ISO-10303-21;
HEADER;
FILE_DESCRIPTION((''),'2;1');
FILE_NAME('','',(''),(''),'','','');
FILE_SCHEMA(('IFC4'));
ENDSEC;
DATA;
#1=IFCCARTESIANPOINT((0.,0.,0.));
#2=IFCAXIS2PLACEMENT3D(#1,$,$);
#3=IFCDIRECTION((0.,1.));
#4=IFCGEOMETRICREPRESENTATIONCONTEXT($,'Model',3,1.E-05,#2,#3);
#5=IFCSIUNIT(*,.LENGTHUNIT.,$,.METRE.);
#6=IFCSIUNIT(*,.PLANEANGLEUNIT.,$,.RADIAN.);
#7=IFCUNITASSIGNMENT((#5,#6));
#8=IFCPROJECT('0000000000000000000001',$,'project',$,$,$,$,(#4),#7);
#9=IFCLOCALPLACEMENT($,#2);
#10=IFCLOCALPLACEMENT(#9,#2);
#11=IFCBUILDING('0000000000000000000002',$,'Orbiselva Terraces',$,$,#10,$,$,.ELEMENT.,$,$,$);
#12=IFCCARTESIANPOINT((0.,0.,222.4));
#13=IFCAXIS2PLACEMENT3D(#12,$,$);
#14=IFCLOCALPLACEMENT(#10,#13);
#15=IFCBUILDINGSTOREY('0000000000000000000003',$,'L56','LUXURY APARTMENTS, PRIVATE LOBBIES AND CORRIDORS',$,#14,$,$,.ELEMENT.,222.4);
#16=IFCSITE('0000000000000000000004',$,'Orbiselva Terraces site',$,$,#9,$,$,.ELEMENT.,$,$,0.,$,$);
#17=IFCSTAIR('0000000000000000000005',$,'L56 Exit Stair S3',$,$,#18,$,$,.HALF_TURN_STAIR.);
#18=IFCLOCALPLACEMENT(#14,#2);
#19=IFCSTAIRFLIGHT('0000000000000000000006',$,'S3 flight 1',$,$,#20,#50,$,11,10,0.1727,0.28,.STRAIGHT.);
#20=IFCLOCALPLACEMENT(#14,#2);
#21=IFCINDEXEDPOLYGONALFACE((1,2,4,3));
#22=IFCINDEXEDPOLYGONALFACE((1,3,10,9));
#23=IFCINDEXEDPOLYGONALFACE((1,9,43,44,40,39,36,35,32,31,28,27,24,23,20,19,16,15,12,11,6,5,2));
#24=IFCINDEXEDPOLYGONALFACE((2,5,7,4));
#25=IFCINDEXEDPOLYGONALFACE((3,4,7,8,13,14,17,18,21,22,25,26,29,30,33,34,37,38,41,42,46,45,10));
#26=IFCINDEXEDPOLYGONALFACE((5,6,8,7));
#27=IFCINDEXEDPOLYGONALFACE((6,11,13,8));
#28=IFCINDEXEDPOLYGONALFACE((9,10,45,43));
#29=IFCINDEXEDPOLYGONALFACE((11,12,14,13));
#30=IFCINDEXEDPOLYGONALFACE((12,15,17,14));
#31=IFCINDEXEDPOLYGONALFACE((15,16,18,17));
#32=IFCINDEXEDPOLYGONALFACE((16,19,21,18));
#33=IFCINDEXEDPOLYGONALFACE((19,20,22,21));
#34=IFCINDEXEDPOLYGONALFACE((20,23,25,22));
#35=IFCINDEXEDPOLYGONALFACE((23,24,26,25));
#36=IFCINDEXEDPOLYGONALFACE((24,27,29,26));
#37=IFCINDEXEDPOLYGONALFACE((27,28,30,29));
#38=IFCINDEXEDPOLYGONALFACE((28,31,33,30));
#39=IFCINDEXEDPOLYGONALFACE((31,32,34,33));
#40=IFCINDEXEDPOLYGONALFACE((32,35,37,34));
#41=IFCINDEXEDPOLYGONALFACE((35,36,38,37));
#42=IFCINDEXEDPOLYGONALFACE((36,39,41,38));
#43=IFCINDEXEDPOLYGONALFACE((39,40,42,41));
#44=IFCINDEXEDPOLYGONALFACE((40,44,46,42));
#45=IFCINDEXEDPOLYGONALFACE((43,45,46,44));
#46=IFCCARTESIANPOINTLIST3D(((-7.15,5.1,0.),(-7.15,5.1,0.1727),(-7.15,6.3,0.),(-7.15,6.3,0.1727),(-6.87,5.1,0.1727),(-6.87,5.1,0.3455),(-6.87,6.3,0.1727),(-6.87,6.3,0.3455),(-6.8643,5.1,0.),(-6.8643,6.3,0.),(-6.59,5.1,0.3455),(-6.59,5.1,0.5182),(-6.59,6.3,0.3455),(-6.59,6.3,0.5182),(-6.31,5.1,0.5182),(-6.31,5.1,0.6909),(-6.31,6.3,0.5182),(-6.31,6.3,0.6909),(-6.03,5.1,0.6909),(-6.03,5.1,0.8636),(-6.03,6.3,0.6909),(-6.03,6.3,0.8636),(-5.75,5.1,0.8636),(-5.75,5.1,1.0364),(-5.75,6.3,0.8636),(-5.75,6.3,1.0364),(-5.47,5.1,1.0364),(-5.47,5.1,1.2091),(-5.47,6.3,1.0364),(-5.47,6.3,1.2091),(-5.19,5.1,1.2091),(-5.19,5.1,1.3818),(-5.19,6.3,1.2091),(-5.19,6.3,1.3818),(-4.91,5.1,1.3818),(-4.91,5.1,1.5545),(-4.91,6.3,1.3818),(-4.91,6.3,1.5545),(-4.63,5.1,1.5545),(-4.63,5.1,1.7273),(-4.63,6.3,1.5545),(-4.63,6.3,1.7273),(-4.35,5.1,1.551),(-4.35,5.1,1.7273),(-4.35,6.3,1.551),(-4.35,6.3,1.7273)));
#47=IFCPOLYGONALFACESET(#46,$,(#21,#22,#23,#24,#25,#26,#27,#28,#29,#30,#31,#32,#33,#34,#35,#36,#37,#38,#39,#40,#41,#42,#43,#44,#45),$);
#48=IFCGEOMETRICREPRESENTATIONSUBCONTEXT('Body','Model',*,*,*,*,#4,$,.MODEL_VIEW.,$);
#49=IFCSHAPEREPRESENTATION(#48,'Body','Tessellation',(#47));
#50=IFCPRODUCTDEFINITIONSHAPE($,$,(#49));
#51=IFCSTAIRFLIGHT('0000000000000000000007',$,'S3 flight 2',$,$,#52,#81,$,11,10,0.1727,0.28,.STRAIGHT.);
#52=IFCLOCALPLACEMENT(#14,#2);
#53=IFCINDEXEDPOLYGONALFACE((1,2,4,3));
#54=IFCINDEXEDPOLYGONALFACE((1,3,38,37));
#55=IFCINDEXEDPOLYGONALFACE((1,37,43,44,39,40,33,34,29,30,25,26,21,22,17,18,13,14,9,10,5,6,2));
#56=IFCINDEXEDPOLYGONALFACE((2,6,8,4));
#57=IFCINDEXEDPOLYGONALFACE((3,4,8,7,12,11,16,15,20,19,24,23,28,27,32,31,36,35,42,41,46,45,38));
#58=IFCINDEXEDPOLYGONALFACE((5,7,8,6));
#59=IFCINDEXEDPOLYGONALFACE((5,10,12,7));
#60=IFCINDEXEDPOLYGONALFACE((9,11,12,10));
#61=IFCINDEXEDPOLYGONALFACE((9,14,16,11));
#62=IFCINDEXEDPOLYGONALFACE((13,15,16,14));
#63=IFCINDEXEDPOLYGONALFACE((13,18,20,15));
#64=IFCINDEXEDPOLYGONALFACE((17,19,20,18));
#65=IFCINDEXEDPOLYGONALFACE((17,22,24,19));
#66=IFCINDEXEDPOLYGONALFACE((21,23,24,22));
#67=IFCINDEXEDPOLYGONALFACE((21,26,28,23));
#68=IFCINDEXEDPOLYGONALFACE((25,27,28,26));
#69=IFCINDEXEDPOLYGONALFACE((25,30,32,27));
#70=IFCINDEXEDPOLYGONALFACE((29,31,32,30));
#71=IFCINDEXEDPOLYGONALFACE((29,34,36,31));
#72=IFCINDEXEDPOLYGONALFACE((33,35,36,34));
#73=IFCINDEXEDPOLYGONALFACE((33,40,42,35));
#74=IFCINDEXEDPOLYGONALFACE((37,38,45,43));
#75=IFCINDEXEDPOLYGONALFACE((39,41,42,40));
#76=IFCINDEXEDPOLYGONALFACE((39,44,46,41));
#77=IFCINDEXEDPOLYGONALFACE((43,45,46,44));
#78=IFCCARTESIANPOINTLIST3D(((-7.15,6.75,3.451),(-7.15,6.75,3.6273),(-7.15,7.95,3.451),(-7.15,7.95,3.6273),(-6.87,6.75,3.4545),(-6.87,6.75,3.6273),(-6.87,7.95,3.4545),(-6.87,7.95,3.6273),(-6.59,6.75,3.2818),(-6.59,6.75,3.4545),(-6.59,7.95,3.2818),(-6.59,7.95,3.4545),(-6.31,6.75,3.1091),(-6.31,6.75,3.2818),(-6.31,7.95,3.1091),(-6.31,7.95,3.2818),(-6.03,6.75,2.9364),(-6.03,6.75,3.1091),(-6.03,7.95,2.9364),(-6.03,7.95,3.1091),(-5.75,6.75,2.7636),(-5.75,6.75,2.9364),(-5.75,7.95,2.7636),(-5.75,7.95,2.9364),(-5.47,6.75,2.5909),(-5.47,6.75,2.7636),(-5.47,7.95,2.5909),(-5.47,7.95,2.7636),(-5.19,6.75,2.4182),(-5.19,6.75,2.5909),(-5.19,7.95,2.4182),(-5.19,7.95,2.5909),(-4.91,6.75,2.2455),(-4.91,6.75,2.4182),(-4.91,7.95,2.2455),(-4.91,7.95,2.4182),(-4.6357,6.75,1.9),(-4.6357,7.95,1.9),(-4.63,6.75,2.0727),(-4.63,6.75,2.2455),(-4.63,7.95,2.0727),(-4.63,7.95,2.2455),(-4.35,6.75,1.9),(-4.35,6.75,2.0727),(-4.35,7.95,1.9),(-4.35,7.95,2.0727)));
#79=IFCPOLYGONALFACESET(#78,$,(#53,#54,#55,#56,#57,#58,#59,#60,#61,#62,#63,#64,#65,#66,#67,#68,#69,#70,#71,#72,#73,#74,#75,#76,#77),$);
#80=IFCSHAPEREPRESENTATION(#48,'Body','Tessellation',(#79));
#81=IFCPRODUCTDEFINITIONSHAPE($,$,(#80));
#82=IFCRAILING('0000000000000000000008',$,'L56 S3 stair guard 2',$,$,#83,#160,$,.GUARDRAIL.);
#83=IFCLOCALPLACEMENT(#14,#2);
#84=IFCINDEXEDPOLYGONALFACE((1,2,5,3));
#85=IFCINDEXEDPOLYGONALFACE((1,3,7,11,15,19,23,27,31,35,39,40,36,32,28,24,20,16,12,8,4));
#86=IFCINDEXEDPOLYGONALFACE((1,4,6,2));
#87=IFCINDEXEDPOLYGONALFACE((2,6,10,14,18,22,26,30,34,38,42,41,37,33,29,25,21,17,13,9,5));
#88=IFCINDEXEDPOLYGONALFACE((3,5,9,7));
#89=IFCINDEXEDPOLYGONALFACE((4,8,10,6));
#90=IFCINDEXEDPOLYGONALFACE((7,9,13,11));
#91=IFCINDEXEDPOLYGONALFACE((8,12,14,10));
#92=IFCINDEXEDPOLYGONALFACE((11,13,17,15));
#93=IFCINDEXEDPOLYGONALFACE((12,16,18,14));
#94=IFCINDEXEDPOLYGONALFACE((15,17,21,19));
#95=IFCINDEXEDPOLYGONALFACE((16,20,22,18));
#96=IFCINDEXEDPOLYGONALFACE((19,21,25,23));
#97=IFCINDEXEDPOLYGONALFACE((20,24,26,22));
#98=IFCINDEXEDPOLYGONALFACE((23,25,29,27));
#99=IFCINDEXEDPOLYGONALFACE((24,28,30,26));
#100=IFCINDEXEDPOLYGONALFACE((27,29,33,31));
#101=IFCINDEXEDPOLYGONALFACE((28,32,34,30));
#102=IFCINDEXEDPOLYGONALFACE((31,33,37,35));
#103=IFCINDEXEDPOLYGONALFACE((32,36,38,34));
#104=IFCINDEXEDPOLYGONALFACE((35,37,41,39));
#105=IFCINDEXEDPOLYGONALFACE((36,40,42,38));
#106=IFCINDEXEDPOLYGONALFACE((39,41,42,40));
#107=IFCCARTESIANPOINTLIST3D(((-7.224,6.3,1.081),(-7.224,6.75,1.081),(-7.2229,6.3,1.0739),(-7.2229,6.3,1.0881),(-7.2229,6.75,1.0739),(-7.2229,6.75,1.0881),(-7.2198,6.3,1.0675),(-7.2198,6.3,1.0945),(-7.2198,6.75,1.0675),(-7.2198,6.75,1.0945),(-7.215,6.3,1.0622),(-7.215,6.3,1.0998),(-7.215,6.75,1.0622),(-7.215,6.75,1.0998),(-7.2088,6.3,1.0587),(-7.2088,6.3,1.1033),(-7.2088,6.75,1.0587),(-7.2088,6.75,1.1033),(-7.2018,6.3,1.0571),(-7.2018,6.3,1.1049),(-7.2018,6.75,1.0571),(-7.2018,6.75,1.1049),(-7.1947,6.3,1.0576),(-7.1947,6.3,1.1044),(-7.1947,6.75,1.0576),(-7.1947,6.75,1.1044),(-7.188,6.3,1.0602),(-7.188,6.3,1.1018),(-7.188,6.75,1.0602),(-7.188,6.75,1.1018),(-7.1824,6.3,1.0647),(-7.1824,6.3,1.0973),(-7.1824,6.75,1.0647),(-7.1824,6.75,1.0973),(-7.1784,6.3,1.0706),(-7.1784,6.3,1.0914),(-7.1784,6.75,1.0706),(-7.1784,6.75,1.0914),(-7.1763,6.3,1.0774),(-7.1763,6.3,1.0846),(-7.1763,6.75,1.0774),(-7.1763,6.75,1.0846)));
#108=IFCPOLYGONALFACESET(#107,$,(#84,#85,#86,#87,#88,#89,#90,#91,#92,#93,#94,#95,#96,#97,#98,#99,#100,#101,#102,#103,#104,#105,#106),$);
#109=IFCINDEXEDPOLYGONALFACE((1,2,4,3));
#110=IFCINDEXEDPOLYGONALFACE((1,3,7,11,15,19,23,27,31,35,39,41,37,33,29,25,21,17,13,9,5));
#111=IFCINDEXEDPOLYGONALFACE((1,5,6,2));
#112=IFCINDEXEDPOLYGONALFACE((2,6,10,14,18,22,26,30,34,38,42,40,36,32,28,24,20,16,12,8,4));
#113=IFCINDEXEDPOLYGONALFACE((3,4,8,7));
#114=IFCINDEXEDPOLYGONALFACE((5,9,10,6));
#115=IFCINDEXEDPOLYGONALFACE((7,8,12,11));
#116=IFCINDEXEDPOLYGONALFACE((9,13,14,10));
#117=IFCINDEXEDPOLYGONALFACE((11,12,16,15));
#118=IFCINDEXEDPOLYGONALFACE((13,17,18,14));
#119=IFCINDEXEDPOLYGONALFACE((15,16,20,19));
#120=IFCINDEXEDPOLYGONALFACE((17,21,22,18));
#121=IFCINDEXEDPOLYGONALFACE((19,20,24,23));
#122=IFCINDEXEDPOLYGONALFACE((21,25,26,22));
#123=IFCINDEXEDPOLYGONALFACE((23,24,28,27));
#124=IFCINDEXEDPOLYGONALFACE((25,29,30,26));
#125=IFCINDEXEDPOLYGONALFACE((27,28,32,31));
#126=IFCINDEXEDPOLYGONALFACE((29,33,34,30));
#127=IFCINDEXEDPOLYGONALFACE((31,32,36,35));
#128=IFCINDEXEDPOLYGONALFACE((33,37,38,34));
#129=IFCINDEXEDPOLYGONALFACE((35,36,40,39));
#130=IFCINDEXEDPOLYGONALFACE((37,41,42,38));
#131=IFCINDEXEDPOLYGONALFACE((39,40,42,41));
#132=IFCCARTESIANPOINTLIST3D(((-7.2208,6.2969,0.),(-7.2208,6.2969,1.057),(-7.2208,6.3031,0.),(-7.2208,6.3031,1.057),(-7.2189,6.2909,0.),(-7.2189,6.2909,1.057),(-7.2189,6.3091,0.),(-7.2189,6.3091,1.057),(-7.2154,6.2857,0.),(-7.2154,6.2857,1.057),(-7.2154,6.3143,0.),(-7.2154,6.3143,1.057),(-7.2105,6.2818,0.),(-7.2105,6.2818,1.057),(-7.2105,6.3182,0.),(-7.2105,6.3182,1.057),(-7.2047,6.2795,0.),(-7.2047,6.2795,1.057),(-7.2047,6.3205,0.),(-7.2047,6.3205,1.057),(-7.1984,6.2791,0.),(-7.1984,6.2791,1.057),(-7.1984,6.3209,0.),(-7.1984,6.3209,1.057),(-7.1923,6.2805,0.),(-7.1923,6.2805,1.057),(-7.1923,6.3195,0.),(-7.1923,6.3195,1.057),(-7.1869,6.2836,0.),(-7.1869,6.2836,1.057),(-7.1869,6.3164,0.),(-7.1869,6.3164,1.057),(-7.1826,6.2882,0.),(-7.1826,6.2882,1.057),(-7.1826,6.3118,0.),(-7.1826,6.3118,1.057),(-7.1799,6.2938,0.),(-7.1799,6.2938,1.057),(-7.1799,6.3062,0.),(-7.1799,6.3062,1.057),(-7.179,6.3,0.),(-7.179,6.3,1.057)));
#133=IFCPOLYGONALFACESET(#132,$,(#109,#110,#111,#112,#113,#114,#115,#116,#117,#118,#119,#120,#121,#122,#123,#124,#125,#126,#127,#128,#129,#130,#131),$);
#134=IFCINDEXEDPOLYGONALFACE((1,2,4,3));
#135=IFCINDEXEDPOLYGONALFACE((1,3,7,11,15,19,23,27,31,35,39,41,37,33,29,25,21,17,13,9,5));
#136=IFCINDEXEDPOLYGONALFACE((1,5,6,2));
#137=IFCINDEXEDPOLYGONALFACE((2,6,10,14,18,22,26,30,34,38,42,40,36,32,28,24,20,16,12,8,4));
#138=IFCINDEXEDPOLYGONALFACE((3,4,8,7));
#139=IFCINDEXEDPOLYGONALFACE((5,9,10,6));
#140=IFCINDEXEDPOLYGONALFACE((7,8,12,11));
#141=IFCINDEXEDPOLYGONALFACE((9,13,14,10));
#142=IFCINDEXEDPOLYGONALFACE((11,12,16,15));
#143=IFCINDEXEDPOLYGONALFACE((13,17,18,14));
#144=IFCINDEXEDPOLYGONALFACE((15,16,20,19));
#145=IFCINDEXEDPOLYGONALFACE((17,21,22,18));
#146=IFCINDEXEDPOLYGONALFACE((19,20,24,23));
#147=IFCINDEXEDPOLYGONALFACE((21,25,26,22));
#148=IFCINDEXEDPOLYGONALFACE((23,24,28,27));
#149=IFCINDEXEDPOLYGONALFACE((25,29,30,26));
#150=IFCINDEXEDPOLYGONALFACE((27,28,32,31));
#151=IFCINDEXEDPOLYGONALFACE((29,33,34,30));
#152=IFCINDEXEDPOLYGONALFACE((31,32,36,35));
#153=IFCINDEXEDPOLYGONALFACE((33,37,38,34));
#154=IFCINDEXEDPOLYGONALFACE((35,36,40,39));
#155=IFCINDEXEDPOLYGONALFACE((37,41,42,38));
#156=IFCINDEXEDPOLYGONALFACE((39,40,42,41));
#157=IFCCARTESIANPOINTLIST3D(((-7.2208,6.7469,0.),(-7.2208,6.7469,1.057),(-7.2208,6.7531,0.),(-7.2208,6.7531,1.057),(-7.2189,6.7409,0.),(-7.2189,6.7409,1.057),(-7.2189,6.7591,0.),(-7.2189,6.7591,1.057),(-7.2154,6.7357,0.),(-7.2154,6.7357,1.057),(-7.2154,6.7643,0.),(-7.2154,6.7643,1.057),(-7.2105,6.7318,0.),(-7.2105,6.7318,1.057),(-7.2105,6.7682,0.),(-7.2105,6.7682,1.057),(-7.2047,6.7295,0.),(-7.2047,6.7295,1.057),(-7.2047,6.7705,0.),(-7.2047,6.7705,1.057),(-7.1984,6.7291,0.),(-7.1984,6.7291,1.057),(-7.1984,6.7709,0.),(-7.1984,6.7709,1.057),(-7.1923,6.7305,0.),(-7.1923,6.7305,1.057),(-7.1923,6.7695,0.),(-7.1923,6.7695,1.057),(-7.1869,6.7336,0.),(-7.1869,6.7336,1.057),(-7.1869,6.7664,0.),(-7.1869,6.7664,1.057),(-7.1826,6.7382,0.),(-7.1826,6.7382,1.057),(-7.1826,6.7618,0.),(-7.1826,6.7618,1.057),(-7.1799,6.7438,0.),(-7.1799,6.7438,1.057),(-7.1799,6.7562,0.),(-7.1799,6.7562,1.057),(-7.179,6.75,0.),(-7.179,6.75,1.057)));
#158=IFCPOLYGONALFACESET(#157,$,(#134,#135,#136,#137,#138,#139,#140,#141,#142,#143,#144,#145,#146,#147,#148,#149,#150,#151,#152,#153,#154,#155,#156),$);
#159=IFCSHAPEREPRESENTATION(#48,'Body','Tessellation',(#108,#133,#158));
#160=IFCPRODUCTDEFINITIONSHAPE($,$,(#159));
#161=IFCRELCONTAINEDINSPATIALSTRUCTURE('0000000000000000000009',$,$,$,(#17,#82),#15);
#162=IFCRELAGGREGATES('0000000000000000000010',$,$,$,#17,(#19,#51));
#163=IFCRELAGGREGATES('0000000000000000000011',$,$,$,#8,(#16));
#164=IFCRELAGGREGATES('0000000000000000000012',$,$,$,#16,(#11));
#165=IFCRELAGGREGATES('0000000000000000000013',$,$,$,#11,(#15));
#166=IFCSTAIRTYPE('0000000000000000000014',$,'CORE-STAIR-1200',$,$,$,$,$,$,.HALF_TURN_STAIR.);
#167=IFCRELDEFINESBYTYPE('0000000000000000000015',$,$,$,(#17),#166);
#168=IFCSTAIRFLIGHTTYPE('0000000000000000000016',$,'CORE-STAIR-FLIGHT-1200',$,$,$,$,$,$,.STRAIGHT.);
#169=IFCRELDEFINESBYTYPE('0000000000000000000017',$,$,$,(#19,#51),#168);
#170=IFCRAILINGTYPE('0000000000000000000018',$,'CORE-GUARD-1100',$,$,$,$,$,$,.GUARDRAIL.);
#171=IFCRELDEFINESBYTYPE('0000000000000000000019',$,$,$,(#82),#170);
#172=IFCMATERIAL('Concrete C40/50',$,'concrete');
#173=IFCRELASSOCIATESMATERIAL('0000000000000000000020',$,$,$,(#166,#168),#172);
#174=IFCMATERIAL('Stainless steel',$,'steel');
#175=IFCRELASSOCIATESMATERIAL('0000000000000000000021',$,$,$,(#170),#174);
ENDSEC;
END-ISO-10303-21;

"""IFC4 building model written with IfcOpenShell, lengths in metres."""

from ifc_helpers import new_model, si_unit, direction, frame, origin, origin_2d, place, context, subcontext, project, spatial, polyline, circle, outline, extrude, material, type_object, element, aggregate, save


model = new_model("IFC4")

# Units and contexts
model_context = context("Model", 3, precision=1e-05, world=origin(), true_north=direction((0.0, 1.0)))
body_context = subcontext(model_context, "Body", "Model", "MODEL_VIEW")
ifc_project = project(units=[si_unit("LENGTHUNIT", "METRE"), si_unit("PLANEANGLEUNIT", "RADIAN")], contexts=[model_context])

# Site, building, storey
site_placement = place(None, origin())
site = spatial("IfcSite", under=ifc_project, at=site_placement, Name="Orbiselva Terraces site", CompositionType="ELEMENT", RefElevation=0.0)
building_placement = place(site_placement, origin())
building = spatial("IfcBuilding", under=site, at=building_placement, Name="Orbiselva Terraces", CompositionType="ELEMENT")
storey_placement = place(building_placement, frame((0.0, 0.0, 222.4)))
storey = spatial("IfcBuildingStorey", under=building, at=storey_placement, Name="L56", Description="LUXURY APARTMENTS, PRIVATE LOBBIES AND CORRIDORS", CompositionType="ELEMENT", Elevation=222.4)

# Shared definitions
ifc_material_1 = material(Name="Concrete C40/50", Category="concrete")

# Stair, stair flights
stair_type = type_object("IfcStairType", Name="CORE-STAIR-1200", PredefinedType="HALF_TURN_STAIR", material=ifc_material_1)
stair_placement = place(storey_placement, origin())
stair = element("IfcStair", 1, at=stair_placement, inside=storey, type_object=stair_type, Name="L56 Exit Stair S3", PredefinedType="HALF_TURN_STAIR")
stair_flight_type = type_object("IfcStairFlightType", Name="CORE-STAIR-FLIGHT-1200", PredefinedType="STRAIGHT", material=ifc_material_1)
stair_flight_1_placement = place(storey_placement, frame((-7.15, 5.7, 0.0), z_axis=(0.0, 0.0, 1.0), x_axis=(1.0, 0.0, 0.0)))
stair_flight_1 = element("IfcStairFlight", 2, at=stair_flight_1_placement, type_object=stair_flight_type, Name="S3 flight 1", NumberOfRisers=11, NumberOfTreads=10, PredefinedType="STRAIGHT", RiserHeight=0.1727, TreadLength=0.28, context=body_context, shape_type="SweptSolid", body=[
    extrude(outline(polyline([(0.0, 0.0), (0.0, 0.1727), (0.28, 0.1727), (0.28, 0.3455), (0.56, 0.3455), (0.56, 0.5182), (0.84, 0.5182), (0.84, 0.6909), (1.12, 0.6909), (1.12, 0.8636), (1.4, 0.8636), (1.4, 1.0364), (1.68, 1.0364), (1.68, 1.2091), (1.96, 1.2091), (1.96, 1.3818), (2.24, 1.3818), (2.24, 1.5545), (2.52, 1.5545), (2.52, 1.7273), (2.8, 1.7273), (2.8, 1.9), (2.8, 1.551), (0.2857, 0.0), (0.0, 0.0)])), frame((0.0, 0.6, 0.0), z_axis=(0.0, -1.0, 0.0), x_axis=(1.0, 0.0, 0.0)), (0.0, 0.0, 1.0), 1.2),
])
stair_flight_2_placement = place(storey_placement, frame((-4.35, 7.35, 1.9), z_axis=(0.0, 0.0, 1.0), x_axis=(-1.0, 0.0, 0.0)))
stair_flight_2 = element("IfcStairFlight", 3, at=stair_flight_2_placement, type_object=stair_flight_type, Name="S3 flight 2", NumberOfRisers=11, NumberOfTreads=10, PredefinedType="STRAIGHT", RiserHeight=0.1727, TreadLength=0.28, context=body_context, shape_type="SweptSolid", body=[
    extrude(outline(polyline([(0.0, 0.0), (0.0, 0.1727), (0.28, 0.1727), (0.28, 0.3455), (0.56, 0.3455), (0.56, 0.5182), (0.84, 0.5182), (0.84, 0.6909), (1.12, 0.6909), (1.12, 0.8636), (1.4, 0.8636), (1.4, 1.0364), (1.68, 1.0364), (1.68, 1.2091), (1.96, 1.2091), (1.96, 1.3818), (2.24, 1.3818), (2.24, 1.5545), (2.52, 1.5545), (2.52, 1.7273), (2.8, 1.7273), (2.8, 1.9), (2.8, 1.551), (0.2857, 0.0), (0.0, 0.0)])), frame((0.0, 0.6, 0.0), z_axis=(0.0, -1.0, 0.0), x_axis=(1.0, 0.0, 0.0)), (0.0, 0.0, 1.0), 1.2),
])
aggregate(stair, [stair_flight_1, stair_flight_2])

# Railing
ifc_material_2 = material(Name="Stainless steel", Category="steel")
railing_type_1 = type_object("IfcRailingType", Name="CORE-GUARD-1100", PredefinedType="GUARDRAIL", material=ifc_material_2)
railing_1_placement = place(storey_placement, frame((-7.2, 6.3, 0.0)))
element("IfcRailing", 4, at=railing_1_placement, inside=storey, type_object=railing_type_1, Name="L56 S3 stair guard 2", PredefinedType="GUARDRAIL", context=body_context, shape_type="SweptSolid", body=[
    extrude(circle(Radius=0.024, at=origin_2d()), frame((0.0, 0.0, 1.081), z_axis=(0.0, 1.0, 0.0), x_axis=(-1.0, 0.0, 0.0)), (0.0, 0.0, 1.0), 0.45),
    extrude(circle(Radius=0.021, at=origin_2d()), origin(), (0.0, 0.0, 1.0), 1.057),
    extrude(circle(Radius=0.021, at=origin_2d()), frame((0.0, 0.45, 0.0)), (0.0, 0.0, 1.0), 1.057),
])

save(model, "model.ifc")
